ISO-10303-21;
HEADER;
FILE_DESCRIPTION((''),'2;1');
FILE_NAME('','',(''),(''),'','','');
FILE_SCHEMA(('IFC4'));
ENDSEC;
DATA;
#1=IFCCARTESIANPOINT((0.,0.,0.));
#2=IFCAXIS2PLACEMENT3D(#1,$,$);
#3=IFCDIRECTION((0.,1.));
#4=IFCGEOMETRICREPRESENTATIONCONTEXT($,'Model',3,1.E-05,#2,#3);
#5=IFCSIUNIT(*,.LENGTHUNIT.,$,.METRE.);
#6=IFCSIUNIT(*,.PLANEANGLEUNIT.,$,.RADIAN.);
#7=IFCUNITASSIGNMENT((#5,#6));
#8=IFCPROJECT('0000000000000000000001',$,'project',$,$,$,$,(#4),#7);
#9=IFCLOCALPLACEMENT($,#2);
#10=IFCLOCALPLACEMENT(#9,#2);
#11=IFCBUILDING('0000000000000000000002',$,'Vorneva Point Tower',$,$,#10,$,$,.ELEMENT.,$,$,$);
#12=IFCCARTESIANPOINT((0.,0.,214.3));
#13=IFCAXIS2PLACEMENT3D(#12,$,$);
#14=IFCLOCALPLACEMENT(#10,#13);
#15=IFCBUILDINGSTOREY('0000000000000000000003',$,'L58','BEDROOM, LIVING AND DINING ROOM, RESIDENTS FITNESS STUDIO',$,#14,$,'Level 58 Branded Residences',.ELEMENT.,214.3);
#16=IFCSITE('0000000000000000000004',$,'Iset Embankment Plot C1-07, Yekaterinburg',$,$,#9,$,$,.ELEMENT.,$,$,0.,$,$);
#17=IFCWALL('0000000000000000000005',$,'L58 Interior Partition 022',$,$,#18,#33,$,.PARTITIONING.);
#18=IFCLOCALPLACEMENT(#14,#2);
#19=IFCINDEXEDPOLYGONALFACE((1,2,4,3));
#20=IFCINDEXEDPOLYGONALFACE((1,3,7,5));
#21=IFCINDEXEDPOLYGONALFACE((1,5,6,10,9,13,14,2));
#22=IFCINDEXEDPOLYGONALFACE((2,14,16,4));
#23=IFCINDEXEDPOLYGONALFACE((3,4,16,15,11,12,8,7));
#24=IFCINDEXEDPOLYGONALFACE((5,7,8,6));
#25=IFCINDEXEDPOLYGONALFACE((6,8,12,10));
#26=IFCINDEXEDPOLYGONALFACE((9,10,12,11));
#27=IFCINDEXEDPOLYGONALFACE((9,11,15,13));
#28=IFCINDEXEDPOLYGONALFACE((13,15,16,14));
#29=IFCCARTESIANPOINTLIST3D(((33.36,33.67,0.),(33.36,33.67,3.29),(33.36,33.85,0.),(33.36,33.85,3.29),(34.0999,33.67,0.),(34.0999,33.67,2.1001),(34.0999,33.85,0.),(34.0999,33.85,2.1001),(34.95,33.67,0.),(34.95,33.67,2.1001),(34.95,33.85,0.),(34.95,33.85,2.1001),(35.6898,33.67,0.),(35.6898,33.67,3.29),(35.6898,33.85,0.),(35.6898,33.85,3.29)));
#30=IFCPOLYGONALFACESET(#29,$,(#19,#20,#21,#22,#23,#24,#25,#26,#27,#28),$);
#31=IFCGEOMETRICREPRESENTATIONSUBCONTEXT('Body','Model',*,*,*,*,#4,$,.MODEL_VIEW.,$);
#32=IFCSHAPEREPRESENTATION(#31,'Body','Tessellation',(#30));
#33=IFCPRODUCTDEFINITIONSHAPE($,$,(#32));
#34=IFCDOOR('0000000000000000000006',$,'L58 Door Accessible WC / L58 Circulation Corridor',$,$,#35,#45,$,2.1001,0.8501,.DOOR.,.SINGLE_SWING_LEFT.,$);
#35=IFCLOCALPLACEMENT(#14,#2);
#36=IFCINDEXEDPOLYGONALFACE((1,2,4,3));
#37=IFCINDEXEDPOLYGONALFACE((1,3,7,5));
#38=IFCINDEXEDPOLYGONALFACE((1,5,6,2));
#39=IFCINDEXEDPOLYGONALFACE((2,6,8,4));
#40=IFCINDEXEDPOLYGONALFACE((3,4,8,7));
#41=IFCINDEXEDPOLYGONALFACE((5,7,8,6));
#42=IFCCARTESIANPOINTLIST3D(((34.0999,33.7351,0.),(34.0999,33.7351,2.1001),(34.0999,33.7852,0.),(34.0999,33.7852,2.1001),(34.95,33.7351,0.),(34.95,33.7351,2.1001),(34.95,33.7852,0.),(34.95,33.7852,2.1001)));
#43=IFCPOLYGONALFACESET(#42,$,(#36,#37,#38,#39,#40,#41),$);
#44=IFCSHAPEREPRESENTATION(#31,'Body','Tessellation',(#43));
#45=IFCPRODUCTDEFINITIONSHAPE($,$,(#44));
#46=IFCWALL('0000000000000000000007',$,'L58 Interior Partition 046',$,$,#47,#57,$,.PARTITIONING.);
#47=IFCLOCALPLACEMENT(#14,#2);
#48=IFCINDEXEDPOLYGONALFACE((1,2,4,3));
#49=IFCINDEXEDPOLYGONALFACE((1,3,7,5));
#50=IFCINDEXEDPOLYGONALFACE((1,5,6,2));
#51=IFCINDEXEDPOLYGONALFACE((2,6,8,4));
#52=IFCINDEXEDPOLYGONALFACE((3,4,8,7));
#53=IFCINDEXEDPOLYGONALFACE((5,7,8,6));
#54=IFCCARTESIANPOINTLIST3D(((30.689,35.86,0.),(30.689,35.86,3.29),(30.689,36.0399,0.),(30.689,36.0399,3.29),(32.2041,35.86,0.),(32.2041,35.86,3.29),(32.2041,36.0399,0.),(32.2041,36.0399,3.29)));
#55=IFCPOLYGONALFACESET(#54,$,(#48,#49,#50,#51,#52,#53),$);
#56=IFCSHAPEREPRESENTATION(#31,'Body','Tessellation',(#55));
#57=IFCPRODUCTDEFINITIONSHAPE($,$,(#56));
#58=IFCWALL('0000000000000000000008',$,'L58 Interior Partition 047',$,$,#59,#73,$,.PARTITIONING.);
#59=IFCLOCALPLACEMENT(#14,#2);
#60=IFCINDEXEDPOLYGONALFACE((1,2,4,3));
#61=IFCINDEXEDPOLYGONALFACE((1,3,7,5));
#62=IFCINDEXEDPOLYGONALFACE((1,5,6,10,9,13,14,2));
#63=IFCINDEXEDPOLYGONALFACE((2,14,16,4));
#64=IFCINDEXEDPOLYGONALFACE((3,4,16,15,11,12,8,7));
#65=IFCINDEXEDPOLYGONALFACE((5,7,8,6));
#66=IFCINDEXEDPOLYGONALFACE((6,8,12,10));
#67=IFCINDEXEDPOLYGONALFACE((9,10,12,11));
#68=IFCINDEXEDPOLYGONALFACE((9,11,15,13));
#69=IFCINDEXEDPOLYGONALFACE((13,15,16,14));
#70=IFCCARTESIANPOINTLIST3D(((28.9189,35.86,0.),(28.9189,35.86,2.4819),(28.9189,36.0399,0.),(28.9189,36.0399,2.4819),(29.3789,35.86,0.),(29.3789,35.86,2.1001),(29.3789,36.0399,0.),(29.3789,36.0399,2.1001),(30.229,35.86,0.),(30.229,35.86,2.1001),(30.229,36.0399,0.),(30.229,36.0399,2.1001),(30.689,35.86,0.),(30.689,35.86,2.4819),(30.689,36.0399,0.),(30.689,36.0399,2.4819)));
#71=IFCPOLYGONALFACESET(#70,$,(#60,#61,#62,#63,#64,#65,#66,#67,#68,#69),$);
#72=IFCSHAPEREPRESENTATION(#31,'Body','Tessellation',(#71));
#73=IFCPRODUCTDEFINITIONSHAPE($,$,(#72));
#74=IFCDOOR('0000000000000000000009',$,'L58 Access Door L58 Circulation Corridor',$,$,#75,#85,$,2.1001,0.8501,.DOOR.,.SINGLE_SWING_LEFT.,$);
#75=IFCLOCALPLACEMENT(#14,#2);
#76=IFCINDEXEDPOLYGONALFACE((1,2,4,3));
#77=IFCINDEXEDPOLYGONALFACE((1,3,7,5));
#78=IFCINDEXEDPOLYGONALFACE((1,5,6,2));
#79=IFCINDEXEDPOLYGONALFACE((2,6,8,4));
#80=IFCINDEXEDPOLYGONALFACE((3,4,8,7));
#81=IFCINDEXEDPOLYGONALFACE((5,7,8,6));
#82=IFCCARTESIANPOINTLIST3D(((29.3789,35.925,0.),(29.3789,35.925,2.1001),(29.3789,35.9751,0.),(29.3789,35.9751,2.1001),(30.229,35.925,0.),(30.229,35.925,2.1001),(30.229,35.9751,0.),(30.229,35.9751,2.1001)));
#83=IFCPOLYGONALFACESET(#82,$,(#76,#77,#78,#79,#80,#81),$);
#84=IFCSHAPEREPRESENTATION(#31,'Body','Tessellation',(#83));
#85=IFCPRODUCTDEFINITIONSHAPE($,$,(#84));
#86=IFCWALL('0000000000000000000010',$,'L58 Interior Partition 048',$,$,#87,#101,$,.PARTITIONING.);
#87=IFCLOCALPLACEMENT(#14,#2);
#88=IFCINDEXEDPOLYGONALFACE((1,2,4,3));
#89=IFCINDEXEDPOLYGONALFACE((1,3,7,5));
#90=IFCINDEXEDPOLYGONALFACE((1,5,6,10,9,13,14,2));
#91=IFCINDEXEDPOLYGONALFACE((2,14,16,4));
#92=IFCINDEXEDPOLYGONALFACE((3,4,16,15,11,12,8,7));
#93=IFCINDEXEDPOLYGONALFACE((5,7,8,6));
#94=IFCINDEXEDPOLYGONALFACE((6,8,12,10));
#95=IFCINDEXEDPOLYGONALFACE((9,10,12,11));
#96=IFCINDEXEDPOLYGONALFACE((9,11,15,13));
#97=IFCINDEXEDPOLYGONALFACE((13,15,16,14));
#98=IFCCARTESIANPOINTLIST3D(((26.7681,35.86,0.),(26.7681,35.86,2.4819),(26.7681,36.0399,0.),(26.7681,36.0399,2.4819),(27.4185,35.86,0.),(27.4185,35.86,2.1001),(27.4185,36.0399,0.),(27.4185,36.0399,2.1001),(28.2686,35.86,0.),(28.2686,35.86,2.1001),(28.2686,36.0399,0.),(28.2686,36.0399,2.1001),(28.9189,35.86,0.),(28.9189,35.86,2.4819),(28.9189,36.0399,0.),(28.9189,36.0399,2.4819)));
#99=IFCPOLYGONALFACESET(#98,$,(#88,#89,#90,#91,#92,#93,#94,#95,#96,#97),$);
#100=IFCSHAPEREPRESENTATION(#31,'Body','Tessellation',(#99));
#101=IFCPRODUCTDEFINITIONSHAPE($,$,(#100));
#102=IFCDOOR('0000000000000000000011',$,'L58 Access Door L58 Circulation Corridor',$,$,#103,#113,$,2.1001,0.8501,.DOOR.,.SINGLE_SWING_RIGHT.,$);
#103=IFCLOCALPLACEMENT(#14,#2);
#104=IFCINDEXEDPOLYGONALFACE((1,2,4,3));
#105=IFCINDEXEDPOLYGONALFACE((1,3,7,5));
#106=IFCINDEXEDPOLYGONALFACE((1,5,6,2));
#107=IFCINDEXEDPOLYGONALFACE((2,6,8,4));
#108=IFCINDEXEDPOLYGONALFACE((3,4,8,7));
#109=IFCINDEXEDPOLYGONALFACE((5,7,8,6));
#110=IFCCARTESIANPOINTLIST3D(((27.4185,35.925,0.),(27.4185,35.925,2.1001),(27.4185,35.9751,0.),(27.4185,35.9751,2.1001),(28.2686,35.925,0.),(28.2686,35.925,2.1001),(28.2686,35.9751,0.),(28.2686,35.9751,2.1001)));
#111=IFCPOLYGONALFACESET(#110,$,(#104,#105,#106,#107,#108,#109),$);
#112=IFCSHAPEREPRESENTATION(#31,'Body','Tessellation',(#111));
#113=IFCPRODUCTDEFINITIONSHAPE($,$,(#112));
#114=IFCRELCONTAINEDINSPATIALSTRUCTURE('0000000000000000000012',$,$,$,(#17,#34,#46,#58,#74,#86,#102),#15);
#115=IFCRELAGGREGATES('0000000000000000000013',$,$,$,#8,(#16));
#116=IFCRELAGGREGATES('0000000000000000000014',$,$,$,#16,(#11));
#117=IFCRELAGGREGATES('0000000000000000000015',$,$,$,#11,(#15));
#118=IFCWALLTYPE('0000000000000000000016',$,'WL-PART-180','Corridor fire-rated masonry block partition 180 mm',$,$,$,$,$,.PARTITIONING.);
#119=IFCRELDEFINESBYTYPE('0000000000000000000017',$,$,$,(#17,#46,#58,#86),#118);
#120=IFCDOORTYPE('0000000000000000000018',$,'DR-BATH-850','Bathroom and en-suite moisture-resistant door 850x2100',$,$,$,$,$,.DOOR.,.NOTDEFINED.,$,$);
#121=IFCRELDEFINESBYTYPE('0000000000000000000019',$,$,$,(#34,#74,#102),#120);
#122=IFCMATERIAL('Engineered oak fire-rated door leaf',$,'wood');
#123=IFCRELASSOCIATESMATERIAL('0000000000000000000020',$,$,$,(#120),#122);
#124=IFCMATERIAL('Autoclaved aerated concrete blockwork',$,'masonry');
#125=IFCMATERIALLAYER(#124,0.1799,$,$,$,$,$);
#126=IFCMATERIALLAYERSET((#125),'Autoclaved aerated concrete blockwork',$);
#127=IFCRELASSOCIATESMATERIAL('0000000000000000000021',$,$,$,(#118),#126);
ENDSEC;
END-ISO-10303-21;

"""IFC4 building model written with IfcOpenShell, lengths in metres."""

from ifc_helpers import new_model, si_unit, direction, frame, frame_2d, origin, place, context, subcontext, project, spatial, rectangle, extrude, material, layer, layer_set, type_object, element, fill, save


model = new_model("IFC4")

# Units and contexts
model_context = context("Model", 3, precision=1e-05, world=origin(), true_north=direction((0.0, 1.0)))
body_context = subcontext(model_context, "Body", "Model", "MODEL_VIEW")
ifc_project = project(units=[si_unit("LENGTHUNIT", "METRE"), si_unit("PLANEANGLEUNIT", "RADIAN")], contexts=[model_context])

# Site, building, storey
site_placement = place(None, origin())
site = spatial("IfcSite", under=ifc_project, at=site_placement, Name="Iset Embankment Plot C1-07, Yekaterinburg", CompositionType="ELEMENT", RefElevation=0.0)
building_placement = place(site_placement, origin())
building = spatial("IfcBuilding", under=site, at=building_placement, Name="Vorneva Point Tower", CompositionType="ELEMENT")
storey_placement = place(building_placement, frame((0.0, 0.0, 214.3)))
storey = spatial("IfcBuildingStorey", under=building, at=storey_placement, Name="L58", Description="BEDROOM, LIVING AND DINING ROOM, RESIDENTS FITNESS STUDIO", LongName="Level 58 Branded Residences", CompositionType="ELEMENT", Elevation=214.3)

# Shared definitions
ifc_material_1 = material(Name="Engineered oak fire-rated door leaf", Category="wood")
door_type_1 = type_object("IfcDoorType", Name="DR-BATH-850", Description="Bathroom and en-suite moisture-resistant door 850x2100", OperationType="NOTDEFINED", PredefinedType="DOOR", material=ifc_material_1)

# Shared definitions
ifc_material_2 = material(Name="Autoclaved aerated concrete blockwork", Category="masonry")
ifc_layer_1 = layer(ifc_material_2, 0.1799)
ifc_layer_set_1 = layer_set([ifc_layer_1], Name="Autoclaved aerated concrete blockwork")
wall_type_1 = type_object("IfcWallType", Name="WL-PART-180", Description="Corridor fire-rated masonry block partition 180 mm", PredefinedType="PARTITIONING", material=ifc_layer_set_1)

# Wall, opening, door
wall_1_placement = place(storey_placement, frame((35.6899, 33.76, 0.0), z_axis=(0.0, 0.0, 1.0), x_axis=(-1.0, 0.0, 0.0)))
wall_1 = element("IfcWall", 1, at=wall_1_placement, inside=storey, type_object=wall_type_1, Name="L58 Interior Partition 022", PredefinedType="PARTITIONING", context=body_context, shape_type="SweptSolid", body=[
    extrude(rectangle(XDim=2.3298, YDim=0.1799, at=frame_2d((1.165, 0.0))), origin(), (0.0, 0.0, 1.0), 3.29),
])
opening_1_placement = place(wall_1_placement, frame((0.74, 0.0, 0.0)))
opening_1 = element("IfcOpeningElement", 2, at=opening_1_placement, cuts=wall_1, PredefinedType="OPENING", context=body_context, shape_type="SweptSolid", body=[
    extrude(rectangle(XDim=0.8501, YDim=2.1001, at=frame_2d((0.425, 1.05))), frame((0.0, 0.105, 0.0), z_axis=(0.0, -1.0, 0.0), x_axis=(1.0, 0.0, 0.0)), (0.0, 0.0, 1.0), 0.2097),
])
door_1_placement = place(opening_1_placement, origin())
door_1 = element("IfcDoor", 3, at=door_1_placement, inside=storey, type_object=door_type_1, Name="L58 Door Accessible WC / L58 Circulation Corridor", OperationType="SINGLE_SWING_LEFT", OverallHeight=2.1001, OverallWidth=0.8501, PredefinedType="DOOR", context=body_context, shape_type="SweptSolid", body=[
    extrude(rectangle(XDim=0.8501, YDim=2.1001, at=frame_2d((0.425, 1.05))), frame((0.0, 0.0249, 0.0), z_axis=(0.0, -1.0, 0.0), x_axis=(1.0, 0.0, 0.0)), (0.0, 0.0, 1.0), 0.05),
])
fill(opening_1, door_1)

# Wall
wall_2_placement = place(storey_placement, frame((32.2041, 35.95, 0.0), z_axis=(0.0, 0.0, 1.0), x_axis=(-1.0, 0.0, 0.0)))
element("IfcWall", 4, at=wall_2_placement, inside=storey, type_object=wall_type_1, Name="L58 Interior Partition 046", PredefinedType="PARTITIONING", context=body_context, shape_type="SweptSolid", body=[
    extrude(rectangle(XDim=1.5151, YDim=0.1799, at=frame_2d((0.7576, 0.0))), origin(), (0.0, 0.0, 1.0), 3.29),
])

# Walls, openings, doors
wall_3_placement = place(storey_placement, frame((30.689, 35.95, 0.0), z_axis=(0.0, 0.0, 1.0), x_axis=(-1.0, 0.0, 0.0)))
wall_3 = element("IfcWall", 5, at=wall_3_placement, inside=storey, type_object=wall_type_1, Name="L58 Interior Partition 047", PredefinedType="PARTITIONING", context=body_context, shape_type="SweptSolid", body=[
    extrude(rectangle(XDim=1.77, YDim=0.1799, at=frame_2d((0.885, 0.0))), origin(), (0.0, 0.0, 1.0), 2.4819),
])
opening_2_placement = place(wall_3_placement, frame((0.46, 0.0, 0.0)))
opening_2 = element("IfcOpeningElement", 6, at=opening_2_placement, cuts=wall_3, PredefinedType="OPENING", context=body_context, shape_type="SweptSolid", body=[
    extrude(rectangle(XDim=0.8501, YDim=2.1001, at=frame_2d((0.425, 1.05))), frame((0.0, 0.105, 0.0), z_axis=(0.0, -1.0, 0.0), x_axis=(1.0, 0.0, 0.0)), (0.0, 0.0, 1.0), 0.2097),
])
door_2_placement = place(opening_2_placement, origin())
door_2 = element("IfcDoor", 7, at=door_2_placement, inside=storey, type_object=door_type_1, Name="L58 Access Door L58 Circulation Corridor", OperationType="SINGLE_SWING_LEFT", OverallHeight=2.1001, OverallWidth=0.8501, PredefinedType="DOOR", context=body_context, shape_type="SweptSolid", body=[
    extrude(rectangle(XDim=0.8501, YDim=2.1001, at=frame_2d((0.425, 1.05))), frame((0.0, 0.0249, 0.0), z_axis=(0.0, -1.0, 0.0), x_axis=(1.0, 0.0, 0.0)), (0.0, 0.0, 1.0), 0.05),
])
fill(opening_2, door_2)
wall_4_placement = place(storey_placement, frame((28.9189, 35.95, 0.0), z_axis=(0.0, 0.0, 1.0), x_axis=(-1.0, 0.0, 0.0)))
wall_4 = element("IfcWall", 8, at=wall_4_placement, inside=storey, type_object=wall_type_1, Name="L58 Interior Partition 048", PredefinedType="PARTITIONING", context=body_context, shape_type="SweptSolid", body=[
    extrude(rectangle(XDim=2.1509, YDim=0.1799, at=frame_2d((1.0754, 0.0))), origin(), (0.0, 0.0, 1.0), 2.4819),
])
opening_3_placement = place(wall_4_placement, frame((0.6504, 0.0, 0.0)))
opening_3 = element("IfcOpeningElement", 9, at=opening_3_placement, cuts=wall_4, PredefinedType="OPENING", context=body_context, shape_type="SweptSolid", body=[
    extrude(rectangle(XDim=0.8501, YDim=2.1001, at=frame_2d((0.425, 1.05))), frame((0.0, 0.105, 0.0), z_axis=(0.0, -1.0, 0.0), x_axis=(1.0, 0.0, 0.0)), (0.0, 0.0, 1.0), 0.2097),
])
door_3_placement = place(opening_3_placement, origin())
door_3 = element("IfcDoor", 10, at=door_3_placement, inside=storey, type_object=door_type_1, Name="L58 Access Door L58 Circulation Corridor", OperationType="SINGLE_SWING_RIGHT", OverallHeight=2.1001, OverallWidth=0.8501, PredefinedType="DOOR", context=body_context, shape_type="SweptSolid", body=[
    extrude(rectangle(XDim=0.8501, YDim=2.1001, at=frame_2d((0.425, 1.05))), frame((0.0, 0.0249, 0.0), z_axis=(0.0, -1.0, 0.0), x_axis=(1.0, 0.0, 0.0)), (0.0, 0.0, 1.0), 0.05),
])
fill(opening_3, door_3)

save(model, "model.ifc")
